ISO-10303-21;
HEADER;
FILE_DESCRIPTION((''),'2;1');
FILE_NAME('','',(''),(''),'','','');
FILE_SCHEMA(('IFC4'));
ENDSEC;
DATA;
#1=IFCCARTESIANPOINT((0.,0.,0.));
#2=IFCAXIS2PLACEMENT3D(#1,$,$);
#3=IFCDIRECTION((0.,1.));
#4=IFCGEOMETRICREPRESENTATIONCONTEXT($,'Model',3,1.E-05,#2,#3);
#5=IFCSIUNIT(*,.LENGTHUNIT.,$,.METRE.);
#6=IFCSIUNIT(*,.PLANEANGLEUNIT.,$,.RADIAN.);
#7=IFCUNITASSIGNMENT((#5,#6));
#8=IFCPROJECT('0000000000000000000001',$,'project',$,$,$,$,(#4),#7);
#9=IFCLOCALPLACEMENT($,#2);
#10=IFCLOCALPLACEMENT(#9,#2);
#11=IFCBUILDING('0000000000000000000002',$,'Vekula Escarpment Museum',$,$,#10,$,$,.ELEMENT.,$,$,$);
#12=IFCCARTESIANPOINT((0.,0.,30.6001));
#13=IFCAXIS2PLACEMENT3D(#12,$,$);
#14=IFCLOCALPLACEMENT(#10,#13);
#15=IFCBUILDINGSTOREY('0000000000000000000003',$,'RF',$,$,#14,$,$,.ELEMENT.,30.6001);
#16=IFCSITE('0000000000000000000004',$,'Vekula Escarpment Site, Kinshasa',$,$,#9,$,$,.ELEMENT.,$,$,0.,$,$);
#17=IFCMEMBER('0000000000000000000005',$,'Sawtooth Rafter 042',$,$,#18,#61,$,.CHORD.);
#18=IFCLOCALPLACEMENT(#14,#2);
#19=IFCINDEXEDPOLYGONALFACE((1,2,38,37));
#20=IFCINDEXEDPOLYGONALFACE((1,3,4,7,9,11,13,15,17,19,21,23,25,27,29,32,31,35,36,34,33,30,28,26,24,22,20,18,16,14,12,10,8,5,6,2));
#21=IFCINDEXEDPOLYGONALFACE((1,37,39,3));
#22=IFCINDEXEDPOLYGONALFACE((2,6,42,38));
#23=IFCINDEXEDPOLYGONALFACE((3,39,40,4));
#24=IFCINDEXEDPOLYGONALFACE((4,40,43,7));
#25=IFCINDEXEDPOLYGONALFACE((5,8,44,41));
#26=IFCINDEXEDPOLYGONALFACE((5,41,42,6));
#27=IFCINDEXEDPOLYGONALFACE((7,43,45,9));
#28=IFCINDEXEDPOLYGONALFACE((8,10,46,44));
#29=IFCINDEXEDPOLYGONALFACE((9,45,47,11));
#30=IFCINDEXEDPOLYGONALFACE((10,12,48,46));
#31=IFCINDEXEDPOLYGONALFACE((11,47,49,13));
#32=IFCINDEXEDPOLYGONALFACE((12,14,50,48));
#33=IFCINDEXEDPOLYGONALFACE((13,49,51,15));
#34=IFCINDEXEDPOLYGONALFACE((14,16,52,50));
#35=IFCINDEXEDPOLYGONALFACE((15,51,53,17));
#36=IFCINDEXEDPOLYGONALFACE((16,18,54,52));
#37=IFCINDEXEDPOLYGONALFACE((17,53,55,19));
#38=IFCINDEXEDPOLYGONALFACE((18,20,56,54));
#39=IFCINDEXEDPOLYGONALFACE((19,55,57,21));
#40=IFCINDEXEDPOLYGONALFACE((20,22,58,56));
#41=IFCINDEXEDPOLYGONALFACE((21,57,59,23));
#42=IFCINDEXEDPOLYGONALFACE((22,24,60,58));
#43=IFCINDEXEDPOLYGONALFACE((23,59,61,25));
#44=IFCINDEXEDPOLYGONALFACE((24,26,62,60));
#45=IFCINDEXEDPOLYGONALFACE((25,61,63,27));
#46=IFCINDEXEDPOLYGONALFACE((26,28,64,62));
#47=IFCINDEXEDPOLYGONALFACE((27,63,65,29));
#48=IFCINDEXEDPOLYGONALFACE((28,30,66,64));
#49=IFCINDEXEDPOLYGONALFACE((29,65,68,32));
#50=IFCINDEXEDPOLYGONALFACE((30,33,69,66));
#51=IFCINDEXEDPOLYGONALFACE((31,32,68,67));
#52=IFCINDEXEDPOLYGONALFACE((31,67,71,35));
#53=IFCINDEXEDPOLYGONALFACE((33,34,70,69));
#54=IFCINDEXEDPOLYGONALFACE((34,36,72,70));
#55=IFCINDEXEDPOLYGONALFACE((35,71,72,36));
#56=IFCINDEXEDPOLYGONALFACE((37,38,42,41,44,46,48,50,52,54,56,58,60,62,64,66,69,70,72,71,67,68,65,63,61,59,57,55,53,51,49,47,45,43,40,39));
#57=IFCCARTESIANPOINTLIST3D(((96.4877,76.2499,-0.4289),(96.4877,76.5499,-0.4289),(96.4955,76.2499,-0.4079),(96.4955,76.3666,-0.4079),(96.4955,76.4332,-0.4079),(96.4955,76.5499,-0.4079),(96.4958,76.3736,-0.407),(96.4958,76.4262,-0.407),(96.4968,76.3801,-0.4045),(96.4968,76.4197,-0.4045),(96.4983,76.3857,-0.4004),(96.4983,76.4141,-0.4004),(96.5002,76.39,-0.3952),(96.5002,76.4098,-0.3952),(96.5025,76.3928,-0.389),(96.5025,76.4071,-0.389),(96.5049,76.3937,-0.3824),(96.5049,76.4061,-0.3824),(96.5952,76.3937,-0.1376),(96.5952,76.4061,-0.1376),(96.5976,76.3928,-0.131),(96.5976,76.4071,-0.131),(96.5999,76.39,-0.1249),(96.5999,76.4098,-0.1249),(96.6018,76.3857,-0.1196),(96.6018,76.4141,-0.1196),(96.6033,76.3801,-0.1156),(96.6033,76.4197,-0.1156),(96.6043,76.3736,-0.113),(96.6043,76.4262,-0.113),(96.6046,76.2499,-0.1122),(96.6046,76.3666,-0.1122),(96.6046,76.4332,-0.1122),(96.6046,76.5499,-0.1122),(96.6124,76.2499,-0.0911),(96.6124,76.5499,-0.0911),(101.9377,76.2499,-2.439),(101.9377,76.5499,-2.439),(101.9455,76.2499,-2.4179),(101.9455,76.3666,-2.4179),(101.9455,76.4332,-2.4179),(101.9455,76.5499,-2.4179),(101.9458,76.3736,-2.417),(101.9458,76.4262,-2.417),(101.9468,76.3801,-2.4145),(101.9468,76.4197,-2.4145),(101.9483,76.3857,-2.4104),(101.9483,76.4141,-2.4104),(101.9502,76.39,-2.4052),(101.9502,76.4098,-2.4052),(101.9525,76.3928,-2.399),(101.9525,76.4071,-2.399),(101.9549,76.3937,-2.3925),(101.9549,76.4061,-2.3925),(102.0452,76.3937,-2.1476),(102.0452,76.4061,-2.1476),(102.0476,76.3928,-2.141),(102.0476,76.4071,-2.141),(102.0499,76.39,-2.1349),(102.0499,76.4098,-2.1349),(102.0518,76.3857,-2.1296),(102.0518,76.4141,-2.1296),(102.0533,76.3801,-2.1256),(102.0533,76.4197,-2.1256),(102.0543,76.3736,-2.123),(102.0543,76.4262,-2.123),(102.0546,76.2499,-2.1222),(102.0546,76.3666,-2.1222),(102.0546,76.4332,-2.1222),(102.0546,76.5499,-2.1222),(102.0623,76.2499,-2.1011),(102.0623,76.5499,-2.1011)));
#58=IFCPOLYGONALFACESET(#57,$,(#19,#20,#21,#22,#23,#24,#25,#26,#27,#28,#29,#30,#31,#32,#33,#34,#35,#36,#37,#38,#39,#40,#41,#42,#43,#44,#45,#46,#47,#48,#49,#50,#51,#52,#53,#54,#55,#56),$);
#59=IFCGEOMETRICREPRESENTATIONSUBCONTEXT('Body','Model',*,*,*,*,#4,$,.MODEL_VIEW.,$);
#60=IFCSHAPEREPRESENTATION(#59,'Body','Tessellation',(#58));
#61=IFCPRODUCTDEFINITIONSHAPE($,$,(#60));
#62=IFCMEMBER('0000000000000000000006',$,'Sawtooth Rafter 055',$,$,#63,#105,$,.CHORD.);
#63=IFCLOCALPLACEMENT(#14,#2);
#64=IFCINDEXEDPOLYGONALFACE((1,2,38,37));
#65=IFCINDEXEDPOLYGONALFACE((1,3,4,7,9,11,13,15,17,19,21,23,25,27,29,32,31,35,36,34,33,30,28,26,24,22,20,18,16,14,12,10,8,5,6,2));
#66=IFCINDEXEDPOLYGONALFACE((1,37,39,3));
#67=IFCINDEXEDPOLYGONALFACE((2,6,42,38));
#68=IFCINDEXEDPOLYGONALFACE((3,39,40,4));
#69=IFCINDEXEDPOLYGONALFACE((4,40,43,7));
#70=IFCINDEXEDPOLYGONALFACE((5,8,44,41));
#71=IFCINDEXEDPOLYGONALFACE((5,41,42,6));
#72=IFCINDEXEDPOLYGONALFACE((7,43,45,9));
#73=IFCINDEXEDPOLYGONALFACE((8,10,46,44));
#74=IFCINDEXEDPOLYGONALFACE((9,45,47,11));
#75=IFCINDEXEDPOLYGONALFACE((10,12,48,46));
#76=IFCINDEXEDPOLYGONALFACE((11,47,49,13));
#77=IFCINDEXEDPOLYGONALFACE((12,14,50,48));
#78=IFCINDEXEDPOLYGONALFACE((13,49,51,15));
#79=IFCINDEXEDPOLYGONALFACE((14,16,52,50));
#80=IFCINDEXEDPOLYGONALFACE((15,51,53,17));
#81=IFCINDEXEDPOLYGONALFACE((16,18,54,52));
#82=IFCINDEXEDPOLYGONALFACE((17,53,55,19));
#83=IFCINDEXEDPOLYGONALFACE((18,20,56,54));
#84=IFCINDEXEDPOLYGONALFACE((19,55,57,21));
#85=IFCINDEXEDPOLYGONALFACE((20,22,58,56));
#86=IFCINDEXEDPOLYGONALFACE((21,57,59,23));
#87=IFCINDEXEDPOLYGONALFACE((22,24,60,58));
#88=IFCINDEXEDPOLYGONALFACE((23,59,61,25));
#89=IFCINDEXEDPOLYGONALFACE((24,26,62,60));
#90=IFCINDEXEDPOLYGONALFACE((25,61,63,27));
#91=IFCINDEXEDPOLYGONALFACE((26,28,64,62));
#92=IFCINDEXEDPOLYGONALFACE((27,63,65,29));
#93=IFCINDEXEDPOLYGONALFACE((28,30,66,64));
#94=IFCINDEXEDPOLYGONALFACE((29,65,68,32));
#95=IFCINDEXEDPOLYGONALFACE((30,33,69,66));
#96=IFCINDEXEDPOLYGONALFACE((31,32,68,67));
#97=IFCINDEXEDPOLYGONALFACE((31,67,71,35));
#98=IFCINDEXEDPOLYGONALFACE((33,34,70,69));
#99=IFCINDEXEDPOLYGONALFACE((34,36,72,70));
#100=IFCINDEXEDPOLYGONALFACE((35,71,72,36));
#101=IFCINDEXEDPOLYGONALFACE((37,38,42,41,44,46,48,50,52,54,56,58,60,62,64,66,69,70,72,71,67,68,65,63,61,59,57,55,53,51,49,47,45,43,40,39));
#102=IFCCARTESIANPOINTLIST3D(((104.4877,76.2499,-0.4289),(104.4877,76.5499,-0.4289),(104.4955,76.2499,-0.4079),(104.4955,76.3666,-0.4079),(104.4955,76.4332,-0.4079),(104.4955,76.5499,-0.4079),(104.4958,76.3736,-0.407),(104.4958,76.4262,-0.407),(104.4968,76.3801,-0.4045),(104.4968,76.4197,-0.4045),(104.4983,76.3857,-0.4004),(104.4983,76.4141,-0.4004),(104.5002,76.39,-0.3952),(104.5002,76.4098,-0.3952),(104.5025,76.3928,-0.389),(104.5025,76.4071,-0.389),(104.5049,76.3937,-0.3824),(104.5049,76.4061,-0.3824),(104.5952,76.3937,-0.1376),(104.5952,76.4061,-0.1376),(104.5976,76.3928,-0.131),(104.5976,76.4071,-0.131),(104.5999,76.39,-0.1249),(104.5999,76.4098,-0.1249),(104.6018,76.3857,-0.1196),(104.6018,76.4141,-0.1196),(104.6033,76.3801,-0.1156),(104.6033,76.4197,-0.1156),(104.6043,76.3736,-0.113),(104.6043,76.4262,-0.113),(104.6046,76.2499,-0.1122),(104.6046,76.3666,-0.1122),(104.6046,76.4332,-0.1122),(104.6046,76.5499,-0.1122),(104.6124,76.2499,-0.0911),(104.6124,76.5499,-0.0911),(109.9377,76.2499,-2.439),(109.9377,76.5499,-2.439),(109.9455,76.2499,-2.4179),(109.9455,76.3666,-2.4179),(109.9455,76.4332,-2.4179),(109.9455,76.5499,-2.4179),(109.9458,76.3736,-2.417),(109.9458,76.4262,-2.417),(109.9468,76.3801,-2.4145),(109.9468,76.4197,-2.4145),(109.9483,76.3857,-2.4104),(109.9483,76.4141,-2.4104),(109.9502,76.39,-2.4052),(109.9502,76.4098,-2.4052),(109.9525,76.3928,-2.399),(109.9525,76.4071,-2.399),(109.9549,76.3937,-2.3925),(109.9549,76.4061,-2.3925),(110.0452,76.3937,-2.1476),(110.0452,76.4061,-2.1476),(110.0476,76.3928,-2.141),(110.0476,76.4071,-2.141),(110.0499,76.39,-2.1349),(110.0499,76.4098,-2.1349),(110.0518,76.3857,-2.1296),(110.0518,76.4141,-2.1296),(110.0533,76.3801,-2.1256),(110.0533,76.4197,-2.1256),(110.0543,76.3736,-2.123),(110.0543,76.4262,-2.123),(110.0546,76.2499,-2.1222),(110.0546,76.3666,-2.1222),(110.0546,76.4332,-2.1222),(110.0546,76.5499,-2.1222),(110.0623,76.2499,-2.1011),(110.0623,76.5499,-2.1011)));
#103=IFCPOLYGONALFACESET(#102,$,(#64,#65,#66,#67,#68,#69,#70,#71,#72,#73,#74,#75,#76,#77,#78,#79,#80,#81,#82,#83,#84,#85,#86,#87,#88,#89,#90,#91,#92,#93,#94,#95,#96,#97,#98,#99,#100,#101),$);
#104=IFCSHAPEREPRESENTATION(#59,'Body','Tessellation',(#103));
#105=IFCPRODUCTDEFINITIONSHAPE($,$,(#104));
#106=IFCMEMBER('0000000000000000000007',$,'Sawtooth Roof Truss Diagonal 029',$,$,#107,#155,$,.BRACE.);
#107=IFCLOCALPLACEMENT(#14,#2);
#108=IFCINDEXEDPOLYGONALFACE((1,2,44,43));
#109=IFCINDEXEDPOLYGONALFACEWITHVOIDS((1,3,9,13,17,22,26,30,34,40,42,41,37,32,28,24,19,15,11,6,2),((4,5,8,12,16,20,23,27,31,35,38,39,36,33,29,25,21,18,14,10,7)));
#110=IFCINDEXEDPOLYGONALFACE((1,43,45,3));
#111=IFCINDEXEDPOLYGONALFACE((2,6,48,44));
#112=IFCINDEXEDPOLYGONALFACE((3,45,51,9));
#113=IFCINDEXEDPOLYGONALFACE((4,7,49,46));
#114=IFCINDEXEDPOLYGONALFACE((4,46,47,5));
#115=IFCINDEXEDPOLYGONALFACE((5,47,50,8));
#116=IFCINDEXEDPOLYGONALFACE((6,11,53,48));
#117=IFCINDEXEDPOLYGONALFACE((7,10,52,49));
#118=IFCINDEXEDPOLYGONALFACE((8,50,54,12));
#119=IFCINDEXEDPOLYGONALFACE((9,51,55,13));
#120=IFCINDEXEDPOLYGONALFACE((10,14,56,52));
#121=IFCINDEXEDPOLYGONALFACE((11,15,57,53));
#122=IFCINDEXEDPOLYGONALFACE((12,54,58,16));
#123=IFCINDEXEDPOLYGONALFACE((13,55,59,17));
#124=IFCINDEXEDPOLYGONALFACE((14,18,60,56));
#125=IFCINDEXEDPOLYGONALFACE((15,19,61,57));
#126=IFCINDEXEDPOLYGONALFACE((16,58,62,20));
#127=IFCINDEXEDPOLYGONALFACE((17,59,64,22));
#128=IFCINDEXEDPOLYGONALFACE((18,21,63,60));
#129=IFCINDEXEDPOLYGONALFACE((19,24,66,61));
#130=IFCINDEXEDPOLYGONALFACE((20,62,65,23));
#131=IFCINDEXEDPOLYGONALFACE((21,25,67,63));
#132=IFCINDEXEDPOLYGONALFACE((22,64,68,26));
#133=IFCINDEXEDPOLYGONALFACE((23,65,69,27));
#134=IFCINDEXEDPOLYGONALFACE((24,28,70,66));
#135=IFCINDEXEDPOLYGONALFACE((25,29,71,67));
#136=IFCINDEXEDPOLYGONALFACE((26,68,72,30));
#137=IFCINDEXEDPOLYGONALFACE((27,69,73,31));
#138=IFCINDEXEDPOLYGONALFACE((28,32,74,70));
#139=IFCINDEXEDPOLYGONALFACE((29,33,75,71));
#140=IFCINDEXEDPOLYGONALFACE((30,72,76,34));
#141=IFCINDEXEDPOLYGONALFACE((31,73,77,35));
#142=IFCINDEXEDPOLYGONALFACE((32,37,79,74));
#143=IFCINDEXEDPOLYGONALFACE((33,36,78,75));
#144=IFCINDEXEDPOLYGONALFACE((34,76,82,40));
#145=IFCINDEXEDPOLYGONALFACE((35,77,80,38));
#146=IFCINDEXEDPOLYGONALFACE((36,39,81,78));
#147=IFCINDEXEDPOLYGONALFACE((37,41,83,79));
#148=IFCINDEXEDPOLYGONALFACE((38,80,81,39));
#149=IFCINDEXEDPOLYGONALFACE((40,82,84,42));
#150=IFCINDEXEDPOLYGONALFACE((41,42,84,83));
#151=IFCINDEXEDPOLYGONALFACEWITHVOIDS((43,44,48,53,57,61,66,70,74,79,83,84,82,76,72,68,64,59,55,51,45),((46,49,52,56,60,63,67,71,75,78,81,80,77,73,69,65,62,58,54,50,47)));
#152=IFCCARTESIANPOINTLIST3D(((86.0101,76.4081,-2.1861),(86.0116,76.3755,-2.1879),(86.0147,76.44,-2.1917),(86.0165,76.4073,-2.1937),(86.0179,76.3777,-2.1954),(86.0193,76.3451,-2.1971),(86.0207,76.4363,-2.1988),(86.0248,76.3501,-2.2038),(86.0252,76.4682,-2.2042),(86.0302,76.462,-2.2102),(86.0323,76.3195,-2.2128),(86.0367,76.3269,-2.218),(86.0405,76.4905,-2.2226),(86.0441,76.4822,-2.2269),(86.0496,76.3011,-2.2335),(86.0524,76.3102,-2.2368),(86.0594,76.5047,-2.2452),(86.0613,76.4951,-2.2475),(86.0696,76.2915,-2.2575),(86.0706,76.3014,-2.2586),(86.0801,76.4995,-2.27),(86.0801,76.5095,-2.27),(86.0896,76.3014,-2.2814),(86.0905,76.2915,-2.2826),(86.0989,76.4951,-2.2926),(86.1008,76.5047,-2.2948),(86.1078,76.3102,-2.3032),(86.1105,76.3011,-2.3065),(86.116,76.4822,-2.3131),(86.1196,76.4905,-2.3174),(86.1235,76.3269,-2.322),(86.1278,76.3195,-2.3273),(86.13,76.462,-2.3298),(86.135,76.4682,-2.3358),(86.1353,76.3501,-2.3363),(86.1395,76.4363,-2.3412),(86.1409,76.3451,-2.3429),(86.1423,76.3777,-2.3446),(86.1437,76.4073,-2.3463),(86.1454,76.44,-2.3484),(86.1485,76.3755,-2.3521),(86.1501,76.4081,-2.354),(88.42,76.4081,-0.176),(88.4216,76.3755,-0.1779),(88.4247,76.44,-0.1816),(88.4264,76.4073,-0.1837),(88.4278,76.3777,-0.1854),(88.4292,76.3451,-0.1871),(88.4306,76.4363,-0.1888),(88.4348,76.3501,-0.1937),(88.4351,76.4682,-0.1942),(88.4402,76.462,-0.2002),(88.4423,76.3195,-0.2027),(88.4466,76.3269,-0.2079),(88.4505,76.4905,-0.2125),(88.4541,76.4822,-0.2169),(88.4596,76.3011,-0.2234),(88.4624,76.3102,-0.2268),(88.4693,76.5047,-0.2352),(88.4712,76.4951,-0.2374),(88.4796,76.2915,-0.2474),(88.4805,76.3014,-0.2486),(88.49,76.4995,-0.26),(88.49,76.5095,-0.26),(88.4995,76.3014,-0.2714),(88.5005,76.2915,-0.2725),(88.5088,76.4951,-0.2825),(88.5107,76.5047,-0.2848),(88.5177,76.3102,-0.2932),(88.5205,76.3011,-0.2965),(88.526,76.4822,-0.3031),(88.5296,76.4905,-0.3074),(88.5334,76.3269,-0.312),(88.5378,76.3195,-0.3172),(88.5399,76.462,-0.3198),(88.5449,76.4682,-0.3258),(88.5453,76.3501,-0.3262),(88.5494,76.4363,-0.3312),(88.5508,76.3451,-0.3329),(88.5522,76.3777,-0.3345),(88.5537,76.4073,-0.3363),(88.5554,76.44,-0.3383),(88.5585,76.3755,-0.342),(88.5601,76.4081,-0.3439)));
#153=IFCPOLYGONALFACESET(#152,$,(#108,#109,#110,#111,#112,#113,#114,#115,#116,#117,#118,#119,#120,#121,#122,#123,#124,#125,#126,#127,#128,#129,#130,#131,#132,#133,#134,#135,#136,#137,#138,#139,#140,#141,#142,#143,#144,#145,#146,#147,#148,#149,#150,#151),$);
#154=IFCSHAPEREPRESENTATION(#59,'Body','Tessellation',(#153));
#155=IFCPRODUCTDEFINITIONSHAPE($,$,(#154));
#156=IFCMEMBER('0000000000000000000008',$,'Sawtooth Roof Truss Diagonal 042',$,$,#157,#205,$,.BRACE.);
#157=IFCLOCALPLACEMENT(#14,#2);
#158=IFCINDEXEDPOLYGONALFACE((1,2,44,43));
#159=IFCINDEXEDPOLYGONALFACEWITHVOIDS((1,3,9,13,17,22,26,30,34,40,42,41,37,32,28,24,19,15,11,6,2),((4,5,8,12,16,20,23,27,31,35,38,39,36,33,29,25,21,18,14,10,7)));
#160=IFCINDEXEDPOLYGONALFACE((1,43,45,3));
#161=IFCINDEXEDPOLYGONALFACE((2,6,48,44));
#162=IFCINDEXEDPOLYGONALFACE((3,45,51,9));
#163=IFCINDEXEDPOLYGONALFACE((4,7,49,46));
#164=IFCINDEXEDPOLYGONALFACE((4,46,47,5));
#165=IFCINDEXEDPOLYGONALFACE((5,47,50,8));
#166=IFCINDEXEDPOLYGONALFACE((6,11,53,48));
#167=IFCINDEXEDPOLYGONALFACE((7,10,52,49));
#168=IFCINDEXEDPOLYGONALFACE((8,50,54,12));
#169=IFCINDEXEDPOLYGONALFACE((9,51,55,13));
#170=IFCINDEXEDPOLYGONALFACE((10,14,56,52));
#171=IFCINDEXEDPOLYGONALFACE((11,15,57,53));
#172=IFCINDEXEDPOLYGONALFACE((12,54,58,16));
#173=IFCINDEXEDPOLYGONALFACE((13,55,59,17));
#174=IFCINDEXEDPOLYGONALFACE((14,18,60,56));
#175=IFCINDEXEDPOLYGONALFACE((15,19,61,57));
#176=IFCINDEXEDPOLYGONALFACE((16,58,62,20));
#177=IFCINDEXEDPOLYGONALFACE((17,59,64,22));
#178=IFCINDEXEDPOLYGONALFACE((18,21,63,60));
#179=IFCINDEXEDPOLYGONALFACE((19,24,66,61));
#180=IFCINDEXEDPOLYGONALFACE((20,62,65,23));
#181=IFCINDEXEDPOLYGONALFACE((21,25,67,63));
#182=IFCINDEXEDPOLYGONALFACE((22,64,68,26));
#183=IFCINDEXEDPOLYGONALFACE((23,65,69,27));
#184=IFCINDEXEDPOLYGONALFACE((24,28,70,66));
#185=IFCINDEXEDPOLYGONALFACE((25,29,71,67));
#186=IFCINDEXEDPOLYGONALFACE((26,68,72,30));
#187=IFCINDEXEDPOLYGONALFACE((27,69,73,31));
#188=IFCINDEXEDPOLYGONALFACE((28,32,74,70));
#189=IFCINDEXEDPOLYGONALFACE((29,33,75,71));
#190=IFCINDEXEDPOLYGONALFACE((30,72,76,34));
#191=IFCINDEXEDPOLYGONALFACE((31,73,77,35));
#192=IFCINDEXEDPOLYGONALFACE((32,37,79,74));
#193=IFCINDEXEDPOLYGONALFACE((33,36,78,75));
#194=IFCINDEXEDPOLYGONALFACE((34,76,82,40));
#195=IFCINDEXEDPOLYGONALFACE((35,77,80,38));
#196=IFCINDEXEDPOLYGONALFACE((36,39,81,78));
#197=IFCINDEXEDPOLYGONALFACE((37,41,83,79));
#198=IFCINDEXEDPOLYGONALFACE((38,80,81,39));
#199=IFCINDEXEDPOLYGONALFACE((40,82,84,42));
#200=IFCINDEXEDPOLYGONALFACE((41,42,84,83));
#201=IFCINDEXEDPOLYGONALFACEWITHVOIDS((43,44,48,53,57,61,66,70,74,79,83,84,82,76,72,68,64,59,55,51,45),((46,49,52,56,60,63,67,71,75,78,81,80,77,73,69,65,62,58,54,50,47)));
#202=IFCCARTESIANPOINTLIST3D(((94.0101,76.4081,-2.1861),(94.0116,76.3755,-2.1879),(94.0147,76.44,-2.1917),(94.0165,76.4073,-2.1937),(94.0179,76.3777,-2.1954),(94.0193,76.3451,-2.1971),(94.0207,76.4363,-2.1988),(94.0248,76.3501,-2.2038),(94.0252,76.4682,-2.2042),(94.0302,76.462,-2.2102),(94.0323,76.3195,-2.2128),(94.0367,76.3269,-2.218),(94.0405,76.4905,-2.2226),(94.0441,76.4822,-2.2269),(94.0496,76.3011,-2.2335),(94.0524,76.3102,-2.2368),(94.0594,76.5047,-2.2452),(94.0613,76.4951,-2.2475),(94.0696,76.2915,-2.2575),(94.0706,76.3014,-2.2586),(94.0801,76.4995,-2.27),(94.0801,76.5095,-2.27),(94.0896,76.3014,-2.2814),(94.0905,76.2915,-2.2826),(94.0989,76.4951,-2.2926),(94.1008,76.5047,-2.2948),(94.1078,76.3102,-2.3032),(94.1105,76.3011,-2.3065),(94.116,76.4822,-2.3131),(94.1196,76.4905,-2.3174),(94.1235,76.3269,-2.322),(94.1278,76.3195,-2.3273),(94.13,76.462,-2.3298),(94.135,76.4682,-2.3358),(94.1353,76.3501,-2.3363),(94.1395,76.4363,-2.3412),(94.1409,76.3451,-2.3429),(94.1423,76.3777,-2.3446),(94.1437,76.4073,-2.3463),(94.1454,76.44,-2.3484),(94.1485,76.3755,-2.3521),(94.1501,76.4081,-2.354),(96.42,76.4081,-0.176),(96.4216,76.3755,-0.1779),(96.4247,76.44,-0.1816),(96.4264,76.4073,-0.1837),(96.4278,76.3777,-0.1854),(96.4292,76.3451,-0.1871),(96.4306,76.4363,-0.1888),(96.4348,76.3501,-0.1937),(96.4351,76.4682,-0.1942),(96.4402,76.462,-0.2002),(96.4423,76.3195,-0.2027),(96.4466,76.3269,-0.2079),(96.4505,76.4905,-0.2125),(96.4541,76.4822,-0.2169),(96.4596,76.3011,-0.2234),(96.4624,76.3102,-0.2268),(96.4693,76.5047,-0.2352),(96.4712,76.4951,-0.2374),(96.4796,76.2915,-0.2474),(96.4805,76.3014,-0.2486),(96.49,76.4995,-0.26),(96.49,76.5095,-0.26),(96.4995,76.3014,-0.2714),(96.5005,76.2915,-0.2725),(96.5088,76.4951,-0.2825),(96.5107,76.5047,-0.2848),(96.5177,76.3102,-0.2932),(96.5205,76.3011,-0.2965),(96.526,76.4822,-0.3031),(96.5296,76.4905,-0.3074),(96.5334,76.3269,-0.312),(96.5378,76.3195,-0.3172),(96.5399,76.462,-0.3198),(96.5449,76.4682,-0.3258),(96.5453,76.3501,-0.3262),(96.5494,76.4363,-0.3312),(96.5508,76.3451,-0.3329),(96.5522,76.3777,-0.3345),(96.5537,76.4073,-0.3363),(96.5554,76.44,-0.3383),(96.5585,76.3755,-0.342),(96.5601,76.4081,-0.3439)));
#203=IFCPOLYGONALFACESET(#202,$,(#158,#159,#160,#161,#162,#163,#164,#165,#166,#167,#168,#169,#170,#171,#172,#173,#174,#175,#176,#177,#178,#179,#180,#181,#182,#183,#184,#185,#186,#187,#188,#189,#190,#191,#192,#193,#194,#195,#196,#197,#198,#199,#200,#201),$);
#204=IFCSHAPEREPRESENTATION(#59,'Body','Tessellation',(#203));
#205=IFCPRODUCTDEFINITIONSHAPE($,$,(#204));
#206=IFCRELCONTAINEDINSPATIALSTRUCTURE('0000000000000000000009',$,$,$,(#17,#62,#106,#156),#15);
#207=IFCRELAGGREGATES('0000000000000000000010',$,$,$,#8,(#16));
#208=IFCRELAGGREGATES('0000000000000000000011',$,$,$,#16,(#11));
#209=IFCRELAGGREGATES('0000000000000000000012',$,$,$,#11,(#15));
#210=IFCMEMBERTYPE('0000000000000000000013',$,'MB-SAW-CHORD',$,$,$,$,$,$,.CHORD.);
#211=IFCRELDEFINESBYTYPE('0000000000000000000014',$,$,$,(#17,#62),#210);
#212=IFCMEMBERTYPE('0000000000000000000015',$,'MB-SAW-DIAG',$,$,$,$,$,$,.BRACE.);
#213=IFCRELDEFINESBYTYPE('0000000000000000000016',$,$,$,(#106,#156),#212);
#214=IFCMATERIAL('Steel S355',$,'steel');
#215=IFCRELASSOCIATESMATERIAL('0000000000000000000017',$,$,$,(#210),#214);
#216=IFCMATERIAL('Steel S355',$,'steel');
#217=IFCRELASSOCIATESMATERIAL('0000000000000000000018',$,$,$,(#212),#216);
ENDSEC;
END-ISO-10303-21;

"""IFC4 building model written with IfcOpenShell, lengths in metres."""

from ifc_helpers import new_model, si_unit, direction, frame, origin, origin_2d, place, context, subcontext, project, spatial, hollow_circle, i_section, extrude, material, material_profile, profile_set, type_object, element, save


model = new_model("IFC4")

# Units and contexts
model_context = context("Model", 3, precision=1e-05, world=origin(), true_north=direction((0.0, 1.0)))
body_context = subcontext(model_context, "Body", "Model", "MODEL_VIEW")
ifc_project = project(units=[si_unit("LENGTHUNIT", "METRE"), si_unit("PLANEANGLEUNIT", "RADIAN")], contexts=[model_context])

# Site, building, storey
site_placement = place(None, origin())
site = spatial("IfcSite", under=ifc_project, at=site_placement, Name="Vekula Escarpment Site, Kinshasa", CompositionType="ELEMENT", RefElevation=0.0)
building_placement = place(site_placement, origin())
building = spatial("IfcBuilding", under=site, at=building_placement, Name="Vekula Escarpment Museum", CompositionType="ELEMENT")
storey_placement = place(building_placement, frame((0.0, 0.0, 30.6001)))
storey = spatial("IfcBuildingStorey", under=building, at=storey_placement, Name="RF", CompositionType="ELEMENT", Elevation=30.6001)

# Members
ifc_material_1 = material(Name="Steel S355", Category="steel")
ifc_material_profile_1 = material_profile(ifc_material_1, i_section(OverallWidth=0.3, OverallDepth=0.3601, WebThickness=0.0125, FlangeThickness=0.0225, FilletRadius=0.0271, at=origin_2d()), Name="HEB 360")
ifc_profile_set_1 = profile_set([ifc_material_profile_1], Name="Steel S355")
member_type_1 = type_object("IfcMemberType", Name="MB-SAW-CHORD", PredefinedType="CHORD", material=ifc_profile_set_1)
for number, where, z_axis, x_axis, name in (
    (1, (96.55, 76.3999, -0.26), (0.938224, 0.0, -0.346029), (0.0, 1.0, 0.0), "Sawtooth Rafter 042"),
    (2, (104.55, 76.3999, -0.26), (0.938224, 0.0, -0.346029), (0.0, 1.0, 0.0), "Sawtooth Rafter 055"),
):
    element("IfcMember", number, at=place(storey_placement, frame(where, z_axis=z_axis, x_axis=x_axis)), inside=storey, type_object=member_type_1, Name=name, PredefinedType="CHORD", context=body_context, shape_type="SweptSolid", body=[
        extrude(i_section(OverallWidth=0.3, OverallDepth=0.3601, WebThickness=0.0125, FlangeThickness=0.0225, FilletRadius=0.0271, at=origin_2d()), origin(), (0.0, 0.0, 1.0), 5.8088),
    ])
ifc_material_2 = material(Name="Steel S355", Category="steel")
ifc_material_profile_2 = material_profile(ifc_material_2, hollow_circle(Radius=0.1096, WallThickness=0.01, at=origin_2d()), Name="CHS 219.1x10")
ifc_profile_set_2 = profile_set([ifc_material_profile_2], Name="Steel S355")
member_type_2 = type_object("IfcMemberType", Name="MB-SAW-DIAG", PredefinedType="BRACE", material=ifc_profile_set_2)
for number, where, z_axis, x_axis, name in (
    (3, (86.0801, 76.3999, -2.27), (0.767947, 0.0, 0.640513), (0.0, 1.0, 0.0), "Sawtooth Roof Truss Diagonal 029"),
    (4, (94.0801, 76.3999, -2.27), (0.767947, 0.0, 0.640513), (0.0, 1.0, 0.0), "Sawtooth Roof Truss Diagonal 042"),
):
    element("IfcMember", number, at=place(storey_placement, frame(where, z_axis=z_axis, x_axis=x_axis)), inside=storey, type_object=member_type_2, Name=name, PredefinedType="BRACE", context=body_context, shape_type="SweptSolid", body=[
        extrude(hollow_circle(Radius=0.1096, WallThickness=0.01, at=origin_2d()), origin(), (0.0, 0.0, 1.0), 3.1382),
    ])

save(model, "model.ifc")
